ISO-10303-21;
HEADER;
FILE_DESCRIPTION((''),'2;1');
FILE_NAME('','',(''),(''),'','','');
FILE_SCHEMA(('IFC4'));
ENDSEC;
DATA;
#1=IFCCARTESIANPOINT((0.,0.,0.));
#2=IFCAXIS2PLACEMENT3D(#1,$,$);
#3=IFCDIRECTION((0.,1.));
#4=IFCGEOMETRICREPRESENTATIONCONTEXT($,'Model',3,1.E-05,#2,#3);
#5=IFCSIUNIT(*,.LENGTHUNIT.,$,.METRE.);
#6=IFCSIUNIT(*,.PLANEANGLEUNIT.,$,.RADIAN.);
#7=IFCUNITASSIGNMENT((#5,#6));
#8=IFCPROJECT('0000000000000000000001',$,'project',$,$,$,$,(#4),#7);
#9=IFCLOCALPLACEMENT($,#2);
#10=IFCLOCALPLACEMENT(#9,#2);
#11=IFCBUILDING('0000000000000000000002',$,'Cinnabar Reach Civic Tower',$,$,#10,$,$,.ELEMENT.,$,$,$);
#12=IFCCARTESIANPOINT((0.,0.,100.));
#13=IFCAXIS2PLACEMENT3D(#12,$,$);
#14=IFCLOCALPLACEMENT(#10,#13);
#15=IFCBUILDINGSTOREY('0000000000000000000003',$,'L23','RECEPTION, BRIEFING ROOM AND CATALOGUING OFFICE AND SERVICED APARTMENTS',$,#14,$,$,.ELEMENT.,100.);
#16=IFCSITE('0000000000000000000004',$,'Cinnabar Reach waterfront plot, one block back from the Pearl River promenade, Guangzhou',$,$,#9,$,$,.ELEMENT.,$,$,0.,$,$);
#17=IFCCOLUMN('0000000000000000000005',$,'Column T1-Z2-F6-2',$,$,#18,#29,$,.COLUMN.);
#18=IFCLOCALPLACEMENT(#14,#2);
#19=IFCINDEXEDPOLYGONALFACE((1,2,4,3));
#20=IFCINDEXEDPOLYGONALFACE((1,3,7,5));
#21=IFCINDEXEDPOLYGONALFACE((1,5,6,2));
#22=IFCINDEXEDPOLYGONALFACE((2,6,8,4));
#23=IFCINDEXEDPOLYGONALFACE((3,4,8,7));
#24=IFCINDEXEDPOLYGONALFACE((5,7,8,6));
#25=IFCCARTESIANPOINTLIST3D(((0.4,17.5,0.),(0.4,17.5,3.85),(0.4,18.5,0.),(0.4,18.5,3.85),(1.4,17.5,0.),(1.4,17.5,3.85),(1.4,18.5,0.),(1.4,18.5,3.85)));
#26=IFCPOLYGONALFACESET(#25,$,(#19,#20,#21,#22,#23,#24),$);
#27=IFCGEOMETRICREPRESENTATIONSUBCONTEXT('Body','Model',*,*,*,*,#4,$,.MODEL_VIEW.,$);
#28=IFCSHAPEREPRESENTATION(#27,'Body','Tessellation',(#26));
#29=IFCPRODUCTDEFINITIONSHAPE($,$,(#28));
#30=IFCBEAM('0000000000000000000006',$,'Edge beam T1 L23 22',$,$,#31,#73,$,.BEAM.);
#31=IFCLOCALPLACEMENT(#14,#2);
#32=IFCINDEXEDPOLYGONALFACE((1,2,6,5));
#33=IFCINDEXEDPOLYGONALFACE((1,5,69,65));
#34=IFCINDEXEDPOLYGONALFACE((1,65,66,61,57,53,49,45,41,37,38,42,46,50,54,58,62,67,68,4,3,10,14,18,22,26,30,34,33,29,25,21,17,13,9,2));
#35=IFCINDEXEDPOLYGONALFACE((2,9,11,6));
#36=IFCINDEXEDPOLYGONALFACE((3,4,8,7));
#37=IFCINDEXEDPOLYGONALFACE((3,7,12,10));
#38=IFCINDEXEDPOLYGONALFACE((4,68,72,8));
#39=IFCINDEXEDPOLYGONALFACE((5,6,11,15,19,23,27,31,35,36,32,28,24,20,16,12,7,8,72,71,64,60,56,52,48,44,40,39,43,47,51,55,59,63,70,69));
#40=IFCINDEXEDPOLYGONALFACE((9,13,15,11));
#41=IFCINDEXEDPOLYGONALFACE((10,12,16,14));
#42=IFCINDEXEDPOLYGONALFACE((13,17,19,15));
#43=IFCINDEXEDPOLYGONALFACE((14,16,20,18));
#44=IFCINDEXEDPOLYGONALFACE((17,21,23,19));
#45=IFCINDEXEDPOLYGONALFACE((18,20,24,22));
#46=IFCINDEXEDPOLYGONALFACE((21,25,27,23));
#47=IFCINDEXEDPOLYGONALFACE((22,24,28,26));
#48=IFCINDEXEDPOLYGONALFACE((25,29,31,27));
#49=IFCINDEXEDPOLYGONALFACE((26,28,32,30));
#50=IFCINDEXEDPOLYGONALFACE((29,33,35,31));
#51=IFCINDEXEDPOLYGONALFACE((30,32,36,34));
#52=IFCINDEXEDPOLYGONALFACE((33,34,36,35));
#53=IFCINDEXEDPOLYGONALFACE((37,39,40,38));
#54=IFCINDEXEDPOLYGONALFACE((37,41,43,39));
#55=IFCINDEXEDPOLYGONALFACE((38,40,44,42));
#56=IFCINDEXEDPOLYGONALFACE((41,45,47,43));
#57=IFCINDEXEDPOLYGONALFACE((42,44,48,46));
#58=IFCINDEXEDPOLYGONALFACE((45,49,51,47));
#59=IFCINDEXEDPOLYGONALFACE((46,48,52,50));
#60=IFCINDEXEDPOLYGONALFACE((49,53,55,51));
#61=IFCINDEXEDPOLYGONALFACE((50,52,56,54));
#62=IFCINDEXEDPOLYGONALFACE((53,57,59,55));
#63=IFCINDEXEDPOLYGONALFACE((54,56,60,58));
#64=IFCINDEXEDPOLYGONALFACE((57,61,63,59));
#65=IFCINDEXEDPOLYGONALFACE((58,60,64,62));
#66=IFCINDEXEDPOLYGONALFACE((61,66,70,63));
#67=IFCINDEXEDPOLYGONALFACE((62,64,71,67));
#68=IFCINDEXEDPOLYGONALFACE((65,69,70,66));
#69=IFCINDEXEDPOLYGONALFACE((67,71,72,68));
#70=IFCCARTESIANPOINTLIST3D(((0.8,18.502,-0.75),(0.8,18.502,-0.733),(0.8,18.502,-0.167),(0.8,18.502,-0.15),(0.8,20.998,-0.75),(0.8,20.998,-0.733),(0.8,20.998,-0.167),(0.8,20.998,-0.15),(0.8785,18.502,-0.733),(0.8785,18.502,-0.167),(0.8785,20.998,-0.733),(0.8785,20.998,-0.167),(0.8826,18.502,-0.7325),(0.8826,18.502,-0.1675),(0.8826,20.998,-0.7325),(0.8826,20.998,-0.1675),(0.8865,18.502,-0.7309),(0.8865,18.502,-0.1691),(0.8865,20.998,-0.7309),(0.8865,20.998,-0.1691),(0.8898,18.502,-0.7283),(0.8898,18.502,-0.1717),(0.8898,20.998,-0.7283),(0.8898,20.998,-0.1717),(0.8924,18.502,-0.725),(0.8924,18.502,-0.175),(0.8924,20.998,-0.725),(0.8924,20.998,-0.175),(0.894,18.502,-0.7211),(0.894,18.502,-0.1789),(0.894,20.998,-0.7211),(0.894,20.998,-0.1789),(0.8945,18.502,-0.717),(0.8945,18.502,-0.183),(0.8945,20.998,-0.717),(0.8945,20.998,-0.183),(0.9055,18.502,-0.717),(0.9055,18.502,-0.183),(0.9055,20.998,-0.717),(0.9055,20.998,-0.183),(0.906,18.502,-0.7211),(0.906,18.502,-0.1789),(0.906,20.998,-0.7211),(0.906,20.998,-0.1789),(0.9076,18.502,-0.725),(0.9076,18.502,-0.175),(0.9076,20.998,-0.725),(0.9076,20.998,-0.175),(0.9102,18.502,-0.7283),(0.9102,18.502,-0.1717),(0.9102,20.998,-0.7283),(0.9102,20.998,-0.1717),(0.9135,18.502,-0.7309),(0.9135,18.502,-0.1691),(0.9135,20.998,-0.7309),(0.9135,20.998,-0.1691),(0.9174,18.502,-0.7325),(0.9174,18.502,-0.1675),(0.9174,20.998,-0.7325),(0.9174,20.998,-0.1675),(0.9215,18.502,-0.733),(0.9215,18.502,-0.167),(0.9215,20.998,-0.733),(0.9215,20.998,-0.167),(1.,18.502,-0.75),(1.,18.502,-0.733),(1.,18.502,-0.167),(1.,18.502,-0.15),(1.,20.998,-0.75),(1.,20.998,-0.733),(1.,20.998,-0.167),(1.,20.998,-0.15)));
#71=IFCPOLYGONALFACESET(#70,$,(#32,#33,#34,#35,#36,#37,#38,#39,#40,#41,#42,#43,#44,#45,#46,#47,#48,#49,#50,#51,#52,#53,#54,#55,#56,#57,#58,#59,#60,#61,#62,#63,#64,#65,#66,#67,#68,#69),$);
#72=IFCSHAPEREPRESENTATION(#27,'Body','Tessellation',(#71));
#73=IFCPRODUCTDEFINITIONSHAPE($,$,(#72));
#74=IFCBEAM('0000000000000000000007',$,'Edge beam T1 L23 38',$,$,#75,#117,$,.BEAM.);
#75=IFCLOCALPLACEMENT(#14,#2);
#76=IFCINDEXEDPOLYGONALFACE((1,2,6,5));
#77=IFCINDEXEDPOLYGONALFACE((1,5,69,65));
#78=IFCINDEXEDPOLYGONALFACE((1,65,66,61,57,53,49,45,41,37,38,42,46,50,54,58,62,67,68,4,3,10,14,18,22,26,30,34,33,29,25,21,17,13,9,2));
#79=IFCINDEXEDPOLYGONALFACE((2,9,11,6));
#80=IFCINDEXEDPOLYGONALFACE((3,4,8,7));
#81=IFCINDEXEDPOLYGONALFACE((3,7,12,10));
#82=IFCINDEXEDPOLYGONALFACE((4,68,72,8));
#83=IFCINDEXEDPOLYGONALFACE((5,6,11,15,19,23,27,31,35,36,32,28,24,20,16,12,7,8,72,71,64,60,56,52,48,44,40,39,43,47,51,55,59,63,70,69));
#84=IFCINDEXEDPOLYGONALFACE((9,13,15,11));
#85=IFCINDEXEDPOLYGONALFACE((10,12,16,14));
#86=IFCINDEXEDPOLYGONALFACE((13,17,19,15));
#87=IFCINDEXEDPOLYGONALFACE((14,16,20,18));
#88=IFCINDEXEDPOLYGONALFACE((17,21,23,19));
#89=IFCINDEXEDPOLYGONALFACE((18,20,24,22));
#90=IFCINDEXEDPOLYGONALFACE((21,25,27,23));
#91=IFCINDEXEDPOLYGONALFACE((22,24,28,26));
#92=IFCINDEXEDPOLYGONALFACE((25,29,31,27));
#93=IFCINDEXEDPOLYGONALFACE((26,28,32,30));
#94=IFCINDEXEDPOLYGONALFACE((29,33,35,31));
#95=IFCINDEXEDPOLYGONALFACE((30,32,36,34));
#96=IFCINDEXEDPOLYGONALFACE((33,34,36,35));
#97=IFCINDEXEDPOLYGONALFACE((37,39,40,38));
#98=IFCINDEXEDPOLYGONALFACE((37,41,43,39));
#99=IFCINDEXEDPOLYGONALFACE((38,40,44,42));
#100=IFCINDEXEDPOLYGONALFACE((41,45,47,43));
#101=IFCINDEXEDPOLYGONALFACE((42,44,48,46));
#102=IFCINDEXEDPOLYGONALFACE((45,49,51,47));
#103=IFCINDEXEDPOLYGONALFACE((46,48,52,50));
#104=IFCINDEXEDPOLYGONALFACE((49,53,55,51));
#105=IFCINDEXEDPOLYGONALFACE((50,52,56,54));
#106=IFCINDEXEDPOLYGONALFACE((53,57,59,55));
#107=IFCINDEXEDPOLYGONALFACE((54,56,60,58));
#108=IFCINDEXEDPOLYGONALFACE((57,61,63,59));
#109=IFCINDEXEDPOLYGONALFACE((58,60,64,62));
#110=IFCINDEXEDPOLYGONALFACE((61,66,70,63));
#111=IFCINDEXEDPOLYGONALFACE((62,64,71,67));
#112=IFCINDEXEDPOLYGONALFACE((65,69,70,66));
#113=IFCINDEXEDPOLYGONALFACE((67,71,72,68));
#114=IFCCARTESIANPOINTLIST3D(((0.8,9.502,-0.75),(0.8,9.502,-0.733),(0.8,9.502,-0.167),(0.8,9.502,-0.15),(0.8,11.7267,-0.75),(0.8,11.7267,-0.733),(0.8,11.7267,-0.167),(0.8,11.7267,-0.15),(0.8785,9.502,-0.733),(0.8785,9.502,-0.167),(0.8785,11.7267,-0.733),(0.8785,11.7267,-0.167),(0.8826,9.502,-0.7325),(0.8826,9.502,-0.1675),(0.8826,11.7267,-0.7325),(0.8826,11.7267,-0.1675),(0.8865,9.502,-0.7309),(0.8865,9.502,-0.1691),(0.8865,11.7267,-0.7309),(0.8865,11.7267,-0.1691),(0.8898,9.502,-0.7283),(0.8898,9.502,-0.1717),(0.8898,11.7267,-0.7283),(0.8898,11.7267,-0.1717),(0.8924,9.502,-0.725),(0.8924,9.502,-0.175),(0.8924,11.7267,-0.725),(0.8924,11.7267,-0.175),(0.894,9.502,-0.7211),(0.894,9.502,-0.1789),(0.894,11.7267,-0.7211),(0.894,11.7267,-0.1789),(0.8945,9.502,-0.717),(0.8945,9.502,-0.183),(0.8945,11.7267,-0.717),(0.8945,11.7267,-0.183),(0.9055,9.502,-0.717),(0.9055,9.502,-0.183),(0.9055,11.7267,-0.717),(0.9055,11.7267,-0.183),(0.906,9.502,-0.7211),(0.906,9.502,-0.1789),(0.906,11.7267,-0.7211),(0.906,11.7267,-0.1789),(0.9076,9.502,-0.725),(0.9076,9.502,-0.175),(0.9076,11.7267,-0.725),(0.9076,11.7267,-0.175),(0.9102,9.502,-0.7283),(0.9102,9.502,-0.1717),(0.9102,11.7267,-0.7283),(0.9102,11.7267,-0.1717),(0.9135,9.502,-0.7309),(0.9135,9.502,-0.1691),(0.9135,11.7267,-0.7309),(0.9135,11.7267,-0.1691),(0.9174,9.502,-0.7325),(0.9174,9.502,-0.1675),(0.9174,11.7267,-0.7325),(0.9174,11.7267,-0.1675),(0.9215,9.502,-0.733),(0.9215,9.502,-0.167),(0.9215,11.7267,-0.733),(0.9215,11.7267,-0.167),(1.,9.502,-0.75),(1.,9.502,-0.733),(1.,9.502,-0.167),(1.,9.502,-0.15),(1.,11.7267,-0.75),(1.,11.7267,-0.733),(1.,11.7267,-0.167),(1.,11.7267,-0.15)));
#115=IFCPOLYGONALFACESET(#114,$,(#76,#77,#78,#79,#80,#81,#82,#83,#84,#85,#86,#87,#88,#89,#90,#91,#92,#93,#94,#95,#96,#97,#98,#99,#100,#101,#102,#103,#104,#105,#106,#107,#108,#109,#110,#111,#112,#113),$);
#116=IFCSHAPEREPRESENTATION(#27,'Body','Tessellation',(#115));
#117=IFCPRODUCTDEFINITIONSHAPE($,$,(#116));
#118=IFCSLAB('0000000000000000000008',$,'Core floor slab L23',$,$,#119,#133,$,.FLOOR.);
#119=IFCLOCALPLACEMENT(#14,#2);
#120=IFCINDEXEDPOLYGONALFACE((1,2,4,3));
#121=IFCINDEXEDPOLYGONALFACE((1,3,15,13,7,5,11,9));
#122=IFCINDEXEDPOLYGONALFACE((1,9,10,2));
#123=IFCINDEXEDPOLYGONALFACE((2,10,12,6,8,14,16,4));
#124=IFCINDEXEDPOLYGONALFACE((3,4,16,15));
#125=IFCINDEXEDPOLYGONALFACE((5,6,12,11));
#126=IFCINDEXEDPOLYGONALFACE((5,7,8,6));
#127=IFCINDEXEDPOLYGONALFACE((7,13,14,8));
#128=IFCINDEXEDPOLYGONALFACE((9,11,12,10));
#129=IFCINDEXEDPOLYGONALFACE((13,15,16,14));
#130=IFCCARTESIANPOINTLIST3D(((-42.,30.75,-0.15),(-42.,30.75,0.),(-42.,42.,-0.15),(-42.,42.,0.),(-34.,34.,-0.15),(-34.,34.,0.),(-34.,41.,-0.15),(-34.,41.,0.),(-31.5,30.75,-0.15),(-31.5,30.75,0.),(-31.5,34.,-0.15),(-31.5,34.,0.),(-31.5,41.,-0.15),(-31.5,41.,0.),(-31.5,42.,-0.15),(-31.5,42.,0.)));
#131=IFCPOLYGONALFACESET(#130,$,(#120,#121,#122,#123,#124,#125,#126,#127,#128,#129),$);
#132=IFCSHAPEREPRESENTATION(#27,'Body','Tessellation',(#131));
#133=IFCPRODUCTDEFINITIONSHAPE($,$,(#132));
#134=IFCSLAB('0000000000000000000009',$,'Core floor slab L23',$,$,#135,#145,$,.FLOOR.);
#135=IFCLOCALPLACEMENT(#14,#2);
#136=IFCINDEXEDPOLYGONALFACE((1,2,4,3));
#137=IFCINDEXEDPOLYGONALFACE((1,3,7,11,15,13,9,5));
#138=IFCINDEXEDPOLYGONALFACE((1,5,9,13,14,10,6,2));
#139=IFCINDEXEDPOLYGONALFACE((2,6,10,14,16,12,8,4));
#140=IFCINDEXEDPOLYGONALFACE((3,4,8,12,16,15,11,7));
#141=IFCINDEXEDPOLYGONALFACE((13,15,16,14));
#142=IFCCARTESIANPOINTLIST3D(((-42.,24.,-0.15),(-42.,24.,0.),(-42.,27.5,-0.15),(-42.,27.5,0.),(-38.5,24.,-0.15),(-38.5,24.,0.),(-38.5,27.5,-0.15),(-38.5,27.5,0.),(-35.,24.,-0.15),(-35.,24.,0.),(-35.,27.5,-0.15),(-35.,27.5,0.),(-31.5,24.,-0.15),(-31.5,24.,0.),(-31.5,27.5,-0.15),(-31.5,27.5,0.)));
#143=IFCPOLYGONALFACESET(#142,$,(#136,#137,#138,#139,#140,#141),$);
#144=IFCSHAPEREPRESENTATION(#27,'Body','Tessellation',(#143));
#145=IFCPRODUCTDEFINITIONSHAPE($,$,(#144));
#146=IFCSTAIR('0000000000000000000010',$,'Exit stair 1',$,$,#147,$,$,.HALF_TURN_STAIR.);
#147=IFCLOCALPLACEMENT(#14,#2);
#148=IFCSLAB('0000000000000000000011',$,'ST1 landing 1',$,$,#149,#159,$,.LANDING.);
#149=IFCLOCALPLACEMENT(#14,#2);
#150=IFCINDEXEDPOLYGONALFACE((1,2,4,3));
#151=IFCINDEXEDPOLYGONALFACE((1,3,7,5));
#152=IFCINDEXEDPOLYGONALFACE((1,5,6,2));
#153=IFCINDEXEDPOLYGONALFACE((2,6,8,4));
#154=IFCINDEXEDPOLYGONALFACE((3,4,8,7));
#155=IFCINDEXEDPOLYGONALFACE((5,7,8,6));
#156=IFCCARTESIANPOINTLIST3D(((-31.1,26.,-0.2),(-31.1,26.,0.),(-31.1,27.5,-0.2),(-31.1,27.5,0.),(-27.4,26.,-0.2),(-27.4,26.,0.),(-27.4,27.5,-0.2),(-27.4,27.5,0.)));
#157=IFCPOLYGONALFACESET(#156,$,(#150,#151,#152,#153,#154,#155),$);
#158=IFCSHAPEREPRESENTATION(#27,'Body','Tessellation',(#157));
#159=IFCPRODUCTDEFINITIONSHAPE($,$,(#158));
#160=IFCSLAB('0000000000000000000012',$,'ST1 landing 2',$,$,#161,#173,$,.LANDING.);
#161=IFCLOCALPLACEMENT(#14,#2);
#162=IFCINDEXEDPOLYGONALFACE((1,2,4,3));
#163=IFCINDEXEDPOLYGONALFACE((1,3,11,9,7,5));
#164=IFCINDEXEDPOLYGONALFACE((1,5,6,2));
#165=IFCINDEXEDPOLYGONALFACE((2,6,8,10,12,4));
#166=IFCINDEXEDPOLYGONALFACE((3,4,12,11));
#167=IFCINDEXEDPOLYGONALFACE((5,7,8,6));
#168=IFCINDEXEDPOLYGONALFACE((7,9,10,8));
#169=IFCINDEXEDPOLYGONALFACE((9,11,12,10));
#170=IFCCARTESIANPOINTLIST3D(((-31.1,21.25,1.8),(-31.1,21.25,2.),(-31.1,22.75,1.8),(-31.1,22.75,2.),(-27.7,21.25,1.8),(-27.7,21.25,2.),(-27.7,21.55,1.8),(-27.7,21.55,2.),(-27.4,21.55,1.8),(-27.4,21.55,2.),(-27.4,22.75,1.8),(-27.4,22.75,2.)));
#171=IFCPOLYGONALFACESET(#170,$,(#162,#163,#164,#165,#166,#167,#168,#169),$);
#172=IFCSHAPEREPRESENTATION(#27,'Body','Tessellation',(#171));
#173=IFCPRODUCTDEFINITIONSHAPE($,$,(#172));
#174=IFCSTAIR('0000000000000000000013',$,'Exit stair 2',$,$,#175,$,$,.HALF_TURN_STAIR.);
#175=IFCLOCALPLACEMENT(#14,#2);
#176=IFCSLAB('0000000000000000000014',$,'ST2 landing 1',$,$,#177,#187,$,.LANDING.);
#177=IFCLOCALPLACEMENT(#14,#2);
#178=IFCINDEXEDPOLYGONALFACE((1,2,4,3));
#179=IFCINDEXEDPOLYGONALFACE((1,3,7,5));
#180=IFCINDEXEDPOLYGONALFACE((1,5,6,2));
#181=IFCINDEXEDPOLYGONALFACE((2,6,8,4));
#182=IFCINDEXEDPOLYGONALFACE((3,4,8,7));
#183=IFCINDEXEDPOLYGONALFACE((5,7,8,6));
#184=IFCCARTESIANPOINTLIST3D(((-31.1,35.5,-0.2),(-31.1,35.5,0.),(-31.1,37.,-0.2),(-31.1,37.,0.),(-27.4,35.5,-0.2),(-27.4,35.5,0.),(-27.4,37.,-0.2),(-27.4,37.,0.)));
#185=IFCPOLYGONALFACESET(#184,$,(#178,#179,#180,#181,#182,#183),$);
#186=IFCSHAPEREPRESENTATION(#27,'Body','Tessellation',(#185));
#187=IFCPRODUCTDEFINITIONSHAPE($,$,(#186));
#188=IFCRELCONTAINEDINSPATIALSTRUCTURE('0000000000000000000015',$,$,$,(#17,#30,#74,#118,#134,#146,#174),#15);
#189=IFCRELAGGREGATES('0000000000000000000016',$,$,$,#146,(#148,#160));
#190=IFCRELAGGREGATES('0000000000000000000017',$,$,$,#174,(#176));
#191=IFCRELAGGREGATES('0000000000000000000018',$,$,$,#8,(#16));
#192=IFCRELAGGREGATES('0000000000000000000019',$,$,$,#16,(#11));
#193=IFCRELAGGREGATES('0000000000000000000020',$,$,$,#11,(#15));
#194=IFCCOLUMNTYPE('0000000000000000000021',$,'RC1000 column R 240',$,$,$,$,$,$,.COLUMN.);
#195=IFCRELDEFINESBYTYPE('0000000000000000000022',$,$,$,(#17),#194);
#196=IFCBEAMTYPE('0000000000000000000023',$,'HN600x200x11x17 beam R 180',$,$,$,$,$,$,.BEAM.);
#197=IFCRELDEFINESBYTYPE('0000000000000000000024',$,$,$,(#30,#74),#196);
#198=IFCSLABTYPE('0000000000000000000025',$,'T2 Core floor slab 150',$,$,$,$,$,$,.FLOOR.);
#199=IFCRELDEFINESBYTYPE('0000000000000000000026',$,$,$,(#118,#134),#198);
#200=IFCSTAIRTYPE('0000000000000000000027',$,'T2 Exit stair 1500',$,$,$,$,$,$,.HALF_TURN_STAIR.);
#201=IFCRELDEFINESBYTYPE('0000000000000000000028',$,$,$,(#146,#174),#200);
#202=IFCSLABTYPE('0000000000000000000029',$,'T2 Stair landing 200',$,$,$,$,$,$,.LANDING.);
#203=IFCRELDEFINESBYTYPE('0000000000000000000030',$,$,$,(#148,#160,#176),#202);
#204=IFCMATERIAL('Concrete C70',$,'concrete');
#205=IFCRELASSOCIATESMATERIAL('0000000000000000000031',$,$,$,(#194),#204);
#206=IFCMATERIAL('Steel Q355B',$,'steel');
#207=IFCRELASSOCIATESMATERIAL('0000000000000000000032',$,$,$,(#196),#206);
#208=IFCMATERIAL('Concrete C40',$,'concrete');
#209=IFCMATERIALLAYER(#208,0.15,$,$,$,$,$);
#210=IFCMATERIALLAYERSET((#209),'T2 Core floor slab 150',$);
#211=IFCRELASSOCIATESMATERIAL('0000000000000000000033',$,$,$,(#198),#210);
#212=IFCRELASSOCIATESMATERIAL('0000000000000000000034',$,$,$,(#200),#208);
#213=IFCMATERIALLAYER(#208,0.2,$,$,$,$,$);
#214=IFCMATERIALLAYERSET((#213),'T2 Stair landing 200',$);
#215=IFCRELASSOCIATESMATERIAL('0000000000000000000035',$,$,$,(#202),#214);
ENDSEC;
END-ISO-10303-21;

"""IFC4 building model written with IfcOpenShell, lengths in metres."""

from ifc_helpers import new_model, si_unit, direction, frame, origin, origin_2d, place, context, subcontext, project, spatial, polyline, rectangle, i_section, outline, extrude, material, layer, layer_set, material_profile, profile_set, type_object, element, aggregate, save


model = new_model("IFC4")

# Units and contexts
model_context = context("Model", 3, precision=1e-05, world=origin(), true_north=direction((0.0, 1.0)))
body_context = subcontext(model_context, "Body", "Model", "MODEL_VIEW")
ifc_project = project(units=[si_unit("LENGTHUNIT", "METRE"), si_unit("PLANEANGLEUNIT", "RADIAN")], contexts=[model_context])

# Site, building, storey
site_placement = place(None, origin())
site = spatial("IfcSite", under=ifc_project, at=site_placement, Name="Cinnabar Reach waterfront plot, one block back from the Pearl River promenade, Guangzhou", CompositionType="ELEMENT", RefElevation=0.0)
building_placement = place(site_placement, origin())
building = spatial("IfcBuilding", under=site, at=building_placement, Name="Cinnabar Reach Civic Tower", CompositionType="ELEMENT")
storey_placement = place(building_placement, frame((0.0, 0.0, 100.0)))
storey = spatial("IfcBuildingStorey", under=building, at=storey_placement, Name="L23", Description="RECEPTION, BRIEFING ROOM AND CATALOGUING OFFICE AND SERVICED APARTMENTS", CompositionType="ELEMENT", Elevation=100.0)

# Column
ifc_material_1 = material(Name="Concrete C70", Category="concrete")
ifc_material_profile_1 = material_profile(ifc_material_1, rectangle(XDim=1.0, YDim=1.0, at=origin_2d()), Name="RC1000")
ifc_profile_set_1 = profile_set([ifc_material_profile_1], Name="Concrete C70")
column_type = type_object("IfcColumnType", Name="RC1000 column R 240", PredefinedType="COLUMN", material=ifc_profile_set_1)
column_placement = place(storey_placement, frame((0.9, 18.0, 0.0), z_axis=(0.0, 0.0, 1.0), x_axis=(1.0, 0.0, 0.0)))
element("IfcColumn", 1, at=column_placement, inside=storey, type_object=column_type, Name="Column T1-Z2-F6-2", PredefinedType="COLUMN", context=body_context, shape_type="SweptSolid", body=[
    extrude(rectangle(XDim=1.0, YDim=1.0, at=origin_2d()), origin(), (0.0, 0.0, 1.0), 3.85),
])

# Beams
ifc_material_2 = material(Name="Steel Q355B", Category="steel")
ifc_material_profile_2 = material_profile(ifc_material_2, i_section(OverallWidth=0.2, OverallDepth=0.6, WebThickness=0.011, FlangeThickness=0.017, FilletRadius=0.016, at=origin_2d()), Name="HN600x200x11x17")
ifc_profile_set_2 = profile_set([ifc_material_profile_2], Name="Steel Q355B")
beam_type = type_object("IfcBeamType", Name="HN600x200x11x17 beam R 180", PredefinedType="BEAM", material=ifc_profile_set_2)
beam_1_placement = place(storey_placement, frame((0.9, 20.998, -0.45), z_axis=(0.0, -1.0, 0.0), x_axis=(1.0, 0.0, 0.0)))
element("IfcBeam", 2, at=beam_1_placement, inside=storey, type_object=beam_type, Name="Edge beam T1 L23 22", PredefinedType="BEAM", context=body_context, shape_type="SweptSolid", body=[
    extrude(i_section(OverallWidth=0.2, OverallDepth=0.6, WebThickness=0.011, FlangeThickness=0.017, FilletRadius=0.016, at=origin_2d()), origin(), (0.0, 0.0, 1.0), 2.496),
])
beam_2_placement = place(storey_placement, frame((0.9, 11.7267, -0.45), z_axis=(0.0, -1.0, 0.0), x_axis=(1.0, 0.0, 0.0)))
element("IfcBeam", 3, at=beam_2_placement, inside=storey, type_object=beam_type, Name="Edge beam T1 L23 38", PredefinedType="BEAM", context=body_context, shape_type="SweptSolid", body=[
    extrude(i_section(OverallWidth=0.2, OverallDepth=0.6, WebThickness=0.011, FlangeThickness=0.017, FilletRadius=0.016, at=origin_2d()), origin(), (0.0, 0.0, 1.0), 2.2247),
])

# Slabs
ifc_material_3 = material(Name="Concrete C40", Category="concrete")
ifc_layer_1 = layer(ifc_material_3, 0.15)
ifc_layer_set_1 = layer_set([ifc_layer_1], Name="T2 Core floor slab 150")
slab_type_1 = type_object("IfcSlabType", Name="T2 Core floor slab 150", PredefinedType="FLOOR", material=ifc_layer_set_1)
slab_1_placement = place(storey_placement, frame((0.0, 0.0, -0.15)))
element("IfcSlab", 4, at=slab_1_placement, inside=storey, type_object=slab_type_1, Name="Core floor slab L23", PredefinedType="FLOOR", context=body_context, shape_type="SweptSolid", body=[
    extrude(outline(polyline([(-42.0, 42.0), (-31.5, 42.0), (-31.5, 41.0), (-34.0, 41.0), (-34.0, 34.0), (-31.5, 34.0), (-31.5, 30.75), (-42.0, 30.75), (-42.0, 42.0)])), origin(), (0.0, 0.0, 1.0), 0.15),
])
slab_2_placement = place(storey_placement, frame((0.0, 0.0, -0.15)))
element("IfcSlab", 5, at=slab_2_placement, inside=storey, type_object=slab_type_1, Name="Core floor slab L23", PredefinedType="FLOOR", context=body_context, shape_type="SweptSolid", body=[
    extrude(outline(polyline([(-35.0, 24.0), (-38.5, 24.0), (-42.0, 24.0), (-42.0, 27.5), (-38.5, 27.5), (-35.0, 27.5), (-31.5, 27.5), (-31.5, 24.0), (-35.0, 24.0)])), origin(), (0.0, 0.0, 1.0), 0.15),
])

# Stairs, slabs
stair_type = type_object("IfcStairType", Name="T2 Exit stair 1500", PredefinedType="HALF_TURN_STAIR", material=ifc_material_3)
stair_1_placement = place(storey_placement, origin())
stair_1 = element("IfcStair", 6, at=stair_1_placement, inside=storey, type_object=stair_type, Name="Exit stair 1", PredefinedType="HALF_TURN_STAIR")
ifc_layer_2 = layer(ifc_material_3, 0.2)
ifc_layer_set_2 = layer_set([ifc_layer_2], Name="T2 Stair landing 200")
slab_type_2 = type_object("IfcSlabType", Name="T2 Stair landing 200", PredefinedType="LANDING", material=ifc_layer_set_2)
slab_3_placement = place(storey_placement, frame((0.0, 0.0, -0.2)))
slab_3 = element("IfcSlab", 7, at=slab_3_placement, type_object=slab_type_2, Name="ST1 landing 1", PredefinedType="LANDING", context=body_context, shape_type="SweptSolid", body=[
    extrude(outline(polyline([(-31.1, 26.0), (-31.1, 27.5), (-27.4, 27.5), (-27.4, 26.0), (-31.1, 26.0)])), origin(), (0.0, 0.0, 1.0), 0.2),
])
slab_4_placement = place(storey_placement, frame((0.0, 0.0, 1.8)))
slab_4 = element("IfcSlab", 8, at=slab_4_placement, type_object=slab_type_2, Name="ST1 landing 2", PredefinedType="LANDING", context=body_context, shape_type="SweptSolid", body=[
    extrude(outline(polyline([(-31.1, 21.25), (-31.1, 22.75), (-27.4, 22.75), (-27.4, 21.55), (-27.7, 21.55), (-27.7, 21.25), (-31.1, 21.25)])), origin(), (0.0, 0.0, 1.0), 0.2),
])
aggregate(stair_1, [slab_3, slab_4])
stair_2_placement = place(storey_placement, origin())
stair_2 = element("IfcStair", 9, at=stair_2_placement, inside=storey, type_object=stair_type, Name="Exit stair 2", PredefinedType="HALF_TURN_STAIR")
slab_5_placement = place(storey_placement, frame((0.0, 0.0, -0.2)))
slab_5 = element("IfcSlab", 10, at=slab_5_placement, type_object=slab_type_2, Name="ST2 landing 1", PredefinedType="LANDING", context=body_context, shape_type="SweptSolid", body=[
    extrude(outline(polyline([(-31.1, 35.5), (-31.1, 37.0), (-27.4, 37.0), (-27.4, 35.5), (-31.1, 35.5)])), origin(), (0.0, 0.0, 1.0), 0.2),
])
aggregate(stair_2, [slab_5])

save(model, "model.ifc")
